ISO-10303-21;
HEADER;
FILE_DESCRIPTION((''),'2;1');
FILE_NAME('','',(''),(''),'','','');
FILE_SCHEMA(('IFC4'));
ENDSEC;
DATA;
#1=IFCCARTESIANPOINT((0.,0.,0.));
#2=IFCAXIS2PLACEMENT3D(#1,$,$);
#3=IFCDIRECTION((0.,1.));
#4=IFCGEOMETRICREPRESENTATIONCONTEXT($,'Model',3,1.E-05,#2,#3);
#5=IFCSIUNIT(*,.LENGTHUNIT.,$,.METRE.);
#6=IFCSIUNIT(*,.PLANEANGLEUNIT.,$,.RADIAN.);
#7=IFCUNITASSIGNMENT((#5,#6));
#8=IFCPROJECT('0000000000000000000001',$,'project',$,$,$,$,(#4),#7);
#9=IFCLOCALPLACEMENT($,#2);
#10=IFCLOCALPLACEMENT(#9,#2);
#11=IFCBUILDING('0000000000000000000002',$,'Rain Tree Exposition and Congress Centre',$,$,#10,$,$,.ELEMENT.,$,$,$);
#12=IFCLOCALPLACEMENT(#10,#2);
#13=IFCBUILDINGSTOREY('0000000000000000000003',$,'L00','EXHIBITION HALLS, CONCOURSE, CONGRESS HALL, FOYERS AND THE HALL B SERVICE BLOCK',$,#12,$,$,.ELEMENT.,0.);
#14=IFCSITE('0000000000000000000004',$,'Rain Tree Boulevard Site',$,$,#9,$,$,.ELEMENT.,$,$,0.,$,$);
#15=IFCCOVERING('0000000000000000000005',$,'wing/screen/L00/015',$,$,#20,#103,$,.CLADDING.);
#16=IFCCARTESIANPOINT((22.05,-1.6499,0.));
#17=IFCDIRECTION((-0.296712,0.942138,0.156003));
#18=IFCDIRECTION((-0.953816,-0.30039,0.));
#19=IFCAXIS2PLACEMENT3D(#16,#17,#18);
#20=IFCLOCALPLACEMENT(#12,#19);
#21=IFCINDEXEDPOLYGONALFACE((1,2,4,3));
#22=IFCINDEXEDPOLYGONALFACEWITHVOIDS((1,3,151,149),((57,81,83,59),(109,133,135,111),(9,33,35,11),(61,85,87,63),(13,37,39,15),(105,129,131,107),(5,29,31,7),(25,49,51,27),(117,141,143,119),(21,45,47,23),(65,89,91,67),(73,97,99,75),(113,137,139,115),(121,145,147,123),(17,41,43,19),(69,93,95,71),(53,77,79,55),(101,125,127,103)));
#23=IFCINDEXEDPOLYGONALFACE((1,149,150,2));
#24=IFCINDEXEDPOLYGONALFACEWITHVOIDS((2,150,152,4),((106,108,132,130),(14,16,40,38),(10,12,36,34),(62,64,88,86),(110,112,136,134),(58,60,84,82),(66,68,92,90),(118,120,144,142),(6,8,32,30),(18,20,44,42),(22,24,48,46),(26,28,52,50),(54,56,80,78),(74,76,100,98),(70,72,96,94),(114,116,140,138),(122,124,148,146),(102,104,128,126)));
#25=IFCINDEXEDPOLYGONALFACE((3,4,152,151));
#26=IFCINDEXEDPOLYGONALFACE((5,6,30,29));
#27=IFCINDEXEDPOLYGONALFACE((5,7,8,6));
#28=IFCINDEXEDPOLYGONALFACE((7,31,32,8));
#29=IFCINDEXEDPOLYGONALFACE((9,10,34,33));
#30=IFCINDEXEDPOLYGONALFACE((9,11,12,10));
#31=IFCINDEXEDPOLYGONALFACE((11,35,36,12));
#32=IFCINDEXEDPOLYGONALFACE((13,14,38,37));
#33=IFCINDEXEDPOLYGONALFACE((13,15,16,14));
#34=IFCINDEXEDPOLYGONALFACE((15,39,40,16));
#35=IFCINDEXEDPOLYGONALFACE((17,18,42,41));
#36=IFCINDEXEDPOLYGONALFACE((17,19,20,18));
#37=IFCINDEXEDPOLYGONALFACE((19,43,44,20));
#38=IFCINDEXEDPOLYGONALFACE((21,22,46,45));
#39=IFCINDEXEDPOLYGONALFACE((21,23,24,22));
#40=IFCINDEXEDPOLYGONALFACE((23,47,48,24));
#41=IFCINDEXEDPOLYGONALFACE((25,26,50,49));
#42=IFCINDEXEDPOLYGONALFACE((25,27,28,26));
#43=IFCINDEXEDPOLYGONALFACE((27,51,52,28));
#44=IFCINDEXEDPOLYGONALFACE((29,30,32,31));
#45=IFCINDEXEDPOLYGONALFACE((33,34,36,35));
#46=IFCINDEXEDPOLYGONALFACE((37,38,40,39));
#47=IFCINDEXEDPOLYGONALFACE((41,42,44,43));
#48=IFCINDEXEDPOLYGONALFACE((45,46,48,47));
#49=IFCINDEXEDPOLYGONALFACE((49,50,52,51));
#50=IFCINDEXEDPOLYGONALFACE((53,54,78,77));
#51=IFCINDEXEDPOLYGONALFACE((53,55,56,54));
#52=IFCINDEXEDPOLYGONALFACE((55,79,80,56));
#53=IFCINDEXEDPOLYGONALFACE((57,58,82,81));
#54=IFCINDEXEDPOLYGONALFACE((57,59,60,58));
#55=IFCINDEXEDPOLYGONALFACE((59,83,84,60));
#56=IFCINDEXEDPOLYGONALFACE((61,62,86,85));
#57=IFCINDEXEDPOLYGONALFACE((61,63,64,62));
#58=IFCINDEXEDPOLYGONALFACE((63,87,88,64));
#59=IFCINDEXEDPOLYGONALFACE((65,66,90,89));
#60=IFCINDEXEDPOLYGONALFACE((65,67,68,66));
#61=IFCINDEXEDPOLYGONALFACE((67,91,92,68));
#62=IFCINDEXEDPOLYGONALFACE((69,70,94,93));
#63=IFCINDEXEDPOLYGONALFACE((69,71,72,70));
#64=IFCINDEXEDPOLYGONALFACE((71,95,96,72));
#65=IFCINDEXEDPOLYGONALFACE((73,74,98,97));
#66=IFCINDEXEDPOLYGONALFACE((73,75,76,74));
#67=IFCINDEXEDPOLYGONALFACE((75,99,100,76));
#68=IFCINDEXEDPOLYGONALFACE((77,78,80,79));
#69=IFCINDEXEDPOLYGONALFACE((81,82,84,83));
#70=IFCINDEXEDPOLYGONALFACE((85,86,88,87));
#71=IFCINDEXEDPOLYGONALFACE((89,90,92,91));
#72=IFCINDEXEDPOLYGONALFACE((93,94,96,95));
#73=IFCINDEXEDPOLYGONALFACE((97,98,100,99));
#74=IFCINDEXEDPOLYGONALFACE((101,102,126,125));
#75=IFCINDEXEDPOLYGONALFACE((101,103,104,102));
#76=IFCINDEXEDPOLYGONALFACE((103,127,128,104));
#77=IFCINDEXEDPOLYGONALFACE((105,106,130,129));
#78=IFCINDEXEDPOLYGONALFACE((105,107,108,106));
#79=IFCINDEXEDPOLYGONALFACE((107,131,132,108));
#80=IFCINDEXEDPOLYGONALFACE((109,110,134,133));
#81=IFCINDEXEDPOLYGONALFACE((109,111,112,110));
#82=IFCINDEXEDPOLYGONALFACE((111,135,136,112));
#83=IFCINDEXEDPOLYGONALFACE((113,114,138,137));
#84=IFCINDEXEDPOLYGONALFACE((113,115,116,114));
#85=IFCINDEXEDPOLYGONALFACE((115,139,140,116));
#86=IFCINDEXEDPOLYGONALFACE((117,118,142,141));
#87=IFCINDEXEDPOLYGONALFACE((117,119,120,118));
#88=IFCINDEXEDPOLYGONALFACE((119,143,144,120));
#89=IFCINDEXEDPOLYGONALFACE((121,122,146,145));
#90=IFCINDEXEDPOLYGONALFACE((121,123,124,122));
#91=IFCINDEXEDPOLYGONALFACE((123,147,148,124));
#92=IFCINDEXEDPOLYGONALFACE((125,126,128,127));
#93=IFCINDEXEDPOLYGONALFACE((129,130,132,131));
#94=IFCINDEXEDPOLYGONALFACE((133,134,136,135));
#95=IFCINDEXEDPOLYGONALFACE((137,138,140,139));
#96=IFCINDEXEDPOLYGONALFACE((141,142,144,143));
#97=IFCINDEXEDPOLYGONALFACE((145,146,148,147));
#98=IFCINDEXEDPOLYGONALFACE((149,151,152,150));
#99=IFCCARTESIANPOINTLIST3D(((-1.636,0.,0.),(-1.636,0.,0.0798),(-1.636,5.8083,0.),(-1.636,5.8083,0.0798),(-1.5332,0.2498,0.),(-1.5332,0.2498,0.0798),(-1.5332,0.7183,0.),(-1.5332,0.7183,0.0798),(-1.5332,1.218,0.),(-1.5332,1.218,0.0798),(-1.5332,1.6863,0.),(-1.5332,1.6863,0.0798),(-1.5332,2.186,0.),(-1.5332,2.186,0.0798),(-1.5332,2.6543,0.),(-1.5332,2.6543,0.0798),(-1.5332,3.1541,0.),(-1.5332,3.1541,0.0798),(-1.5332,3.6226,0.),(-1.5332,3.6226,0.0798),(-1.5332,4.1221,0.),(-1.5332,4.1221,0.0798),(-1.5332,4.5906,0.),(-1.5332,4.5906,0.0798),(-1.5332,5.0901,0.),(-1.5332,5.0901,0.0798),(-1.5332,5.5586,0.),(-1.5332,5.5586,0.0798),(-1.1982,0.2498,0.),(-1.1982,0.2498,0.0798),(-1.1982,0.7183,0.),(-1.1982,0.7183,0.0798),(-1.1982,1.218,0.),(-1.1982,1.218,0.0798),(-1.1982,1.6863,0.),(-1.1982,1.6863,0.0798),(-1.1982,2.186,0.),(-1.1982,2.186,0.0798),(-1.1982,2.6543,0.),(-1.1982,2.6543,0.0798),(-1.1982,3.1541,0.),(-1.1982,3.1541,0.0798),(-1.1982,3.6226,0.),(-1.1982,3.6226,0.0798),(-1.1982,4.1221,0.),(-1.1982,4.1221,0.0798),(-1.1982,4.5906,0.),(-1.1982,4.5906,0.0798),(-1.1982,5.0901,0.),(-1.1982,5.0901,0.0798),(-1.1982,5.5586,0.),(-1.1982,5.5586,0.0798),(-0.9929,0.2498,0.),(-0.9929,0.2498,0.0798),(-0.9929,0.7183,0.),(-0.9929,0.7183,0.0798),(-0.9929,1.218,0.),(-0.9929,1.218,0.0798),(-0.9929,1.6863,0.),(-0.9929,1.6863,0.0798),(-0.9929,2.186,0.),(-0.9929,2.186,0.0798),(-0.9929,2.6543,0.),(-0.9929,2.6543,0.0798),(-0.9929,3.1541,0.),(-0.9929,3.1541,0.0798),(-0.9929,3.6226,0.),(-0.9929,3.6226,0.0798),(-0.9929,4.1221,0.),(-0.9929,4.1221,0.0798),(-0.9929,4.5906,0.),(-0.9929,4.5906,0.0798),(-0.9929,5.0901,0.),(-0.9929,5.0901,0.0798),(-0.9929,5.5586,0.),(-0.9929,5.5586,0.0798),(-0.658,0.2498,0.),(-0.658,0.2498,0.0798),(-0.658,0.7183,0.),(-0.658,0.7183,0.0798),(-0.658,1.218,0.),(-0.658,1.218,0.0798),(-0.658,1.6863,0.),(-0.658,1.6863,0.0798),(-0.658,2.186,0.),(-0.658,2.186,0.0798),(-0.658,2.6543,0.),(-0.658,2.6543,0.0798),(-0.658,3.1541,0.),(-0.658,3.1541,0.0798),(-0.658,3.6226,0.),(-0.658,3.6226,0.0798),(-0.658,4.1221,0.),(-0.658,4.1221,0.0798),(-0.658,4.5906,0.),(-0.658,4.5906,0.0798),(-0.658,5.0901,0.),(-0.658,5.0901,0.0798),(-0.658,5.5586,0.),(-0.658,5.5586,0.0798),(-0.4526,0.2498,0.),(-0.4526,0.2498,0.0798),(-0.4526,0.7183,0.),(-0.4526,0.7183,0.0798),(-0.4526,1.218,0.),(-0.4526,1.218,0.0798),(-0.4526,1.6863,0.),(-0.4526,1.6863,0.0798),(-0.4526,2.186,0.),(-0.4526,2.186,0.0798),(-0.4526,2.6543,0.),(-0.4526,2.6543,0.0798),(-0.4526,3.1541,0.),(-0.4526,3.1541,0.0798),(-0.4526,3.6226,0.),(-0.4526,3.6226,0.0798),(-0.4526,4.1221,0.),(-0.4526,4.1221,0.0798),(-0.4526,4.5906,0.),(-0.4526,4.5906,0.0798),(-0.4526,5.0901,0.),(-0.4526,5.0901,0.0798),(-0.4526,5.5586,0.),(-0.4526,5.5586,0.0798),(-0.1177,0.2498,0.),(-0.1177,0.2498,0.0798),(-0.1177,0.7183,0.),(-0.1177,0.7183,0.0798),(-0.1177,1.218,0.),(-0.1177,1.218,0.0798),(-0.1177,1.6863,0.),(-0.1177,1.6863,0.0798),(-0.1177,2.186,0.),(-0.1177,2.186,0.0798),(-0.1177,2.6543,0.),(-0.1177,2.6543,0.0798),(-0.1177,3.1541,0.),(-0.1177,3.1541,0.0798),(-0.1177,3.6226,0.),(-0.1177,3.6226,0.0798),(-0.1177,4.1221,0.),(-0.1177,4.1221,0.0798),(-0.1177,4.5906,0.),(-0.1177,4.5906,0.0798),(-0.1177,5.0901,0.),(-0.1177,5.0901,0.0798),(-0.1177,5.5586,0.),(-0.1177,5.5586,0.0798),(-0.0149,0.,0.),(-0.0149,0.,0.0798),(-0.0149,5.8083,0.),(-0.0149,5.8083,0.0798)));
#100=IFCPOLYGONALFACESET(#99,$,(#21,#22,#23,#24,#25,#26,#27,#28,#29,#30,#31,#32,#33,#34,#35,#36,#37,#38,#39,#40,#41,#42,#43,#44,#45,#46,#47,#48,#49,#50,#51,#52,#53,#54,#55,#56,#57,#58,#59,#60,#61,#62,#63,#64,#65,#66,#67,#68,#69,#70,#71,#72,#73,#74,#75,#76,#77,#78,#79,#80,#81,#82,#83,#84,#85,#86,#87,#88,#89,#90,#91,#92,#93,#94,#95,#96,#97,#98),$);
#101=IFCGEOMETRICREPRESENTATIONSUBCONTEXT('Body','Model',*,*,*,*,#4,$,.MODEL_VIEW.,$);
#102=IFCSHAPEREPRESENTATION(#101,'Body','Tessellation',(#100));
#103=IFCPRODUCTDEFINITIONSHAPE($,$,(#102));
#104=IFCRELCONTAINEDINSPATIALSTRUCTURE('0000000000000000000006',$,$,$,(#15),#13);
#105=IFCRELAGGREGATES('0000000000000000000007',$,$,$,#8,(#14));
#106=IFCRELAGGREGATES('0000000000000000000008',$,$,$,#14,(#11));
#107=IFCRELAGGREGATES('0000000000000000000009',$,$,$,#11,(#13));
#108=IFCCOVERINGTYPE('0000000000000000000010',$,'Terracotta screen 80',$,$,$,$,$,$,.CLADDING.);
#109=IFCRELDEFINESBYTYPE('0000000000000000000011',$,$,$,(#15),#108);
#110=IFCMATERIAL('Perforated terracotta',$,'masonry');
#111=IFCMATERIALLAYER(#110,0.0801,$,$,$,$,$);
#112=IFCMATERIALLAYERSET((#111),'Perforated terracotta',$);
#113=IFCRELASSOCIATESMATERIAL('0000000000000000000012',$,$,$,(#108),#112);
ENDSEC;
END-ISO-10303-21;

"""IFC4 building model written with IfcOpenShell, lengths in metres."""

from ifc_helpers import new_model, si_unit, direction, frame, origin, place, context, subcontext, project, spatial, polyline, outline, extrude, material, layer, layer_set, type_object, element, save


model = new_model("IFC4")

# Units and contexts
model_context = context("Model", 3, precision=1e-05, world=origin(), true_north=direction((0.0, 1.0)))
body_context = subcontext(model_context, "Body", "Model", "MODEL_VIEW")
ifc_project = project(units=[si_unit("LENGTHUNIT", "METRE"), si_unit("PLANEANGLEUNIT", "RADIAN")], contexts=[model_context])

# Site, building, storey
site_placement = place(None, origin())
site = spatial("IfcSite", under=ifc_project, at=site_placement, Name="Rain Tree Boulevard Site", CompositionType="ELEMENT", RefElevation=0.0)
building_placement = place(site_placement, origin())
building = spatial("IfcBuilding", under=site, at=building_placement, Name="Rain Tree Exposition and Congress Centre", CompositionType="ELEMENT")
storey_placement = place(building_placement, origin())
storey = spatial("IfcBuildingStorey", under=building, at=storey_placement, Name="L00", Description="EXHIBITION HALLS, CONCOURSE, CONGRESS HALL, FOYERS AND THE HALL B SERVICE BLOCK", CompositionType="ELEMENT", Elevation=0.0)

# Covering
ifc_material_1 = material(Name="Perforated terracotta", Category="masonry")
ifc_layer_1 = layer(ifc_material_1, 0.0801)
ifc_layer_set_1 = layer_set([ifc_layer_1], Name="Perforated terracotta")
covering_type = type_object("IfcCoveringType", Name="Terracotta screen 80", PredefinedType="CLADDING", material=ifc_layer_set_1)
covering_1_placement = place(storey_placement, frame((22.05, -1.6499, 0.0), z_axis=(-0.296712, 0.942138, 0.156003), x_axis=(-0.953816, -0.30039, 0.0)))
element("IfcCovering", 1, at=covering_1_placement, inside=storey, type_object=covering_type, Name="wing/screen/L00/015", PredefinedType="CLADDING", context=body_context, shape_type="SweptSolid", body=[
    extrude(outline(polyline([(-1.636, 0.0), (-1.636, 5.8083), (-0.0149, 5.8083), (-0.0149, 0.0), (-1.636, 0.0)]), holes=[polyline([(-0.1177, 0.2498), (-0.1177, 0.7183), (-0.4526, 0.7183), (-0.4526, 0.2498), (-0.1177, 0.2498)]), polyline([(-0.1177, 1.218), (-0.1177, 1.6863), (-0.4526, 1.6863), (-0.4526, 1.218), (-0.1177, 1.218)]), polyline([(-0.1177, 2.186), (-0.1177, 2.6543), (-0.4526, 2.6543), (-0.4526, 2.186), (-0.1177, 2.186)]), polyline([(-0.1177, 3.1541), (-0.1177, 3.6226), (-0.4526, 3.6226), (-0.4526, 3.1541), (-0.1177, 3.1541)]), polyline([(-0.1177, 4.1221), (-0.1177, 4.5906), (-0.4526, 4.5906), (-0.4526, 4.1221), (-0.1177, 4.1221)]), polyline([(-0.1177, 5.0901), (-0.1177, 5.5586), (-0.4526, 5.5586), (-0.4526, 5.0901), (-0.1177, 5.0901)]), polyline([(-0.658, 0.2498), (-0.658, 0.7183), (-0.9929, 0.7183), (-0.9929, 0.2498), (-0.658, 0.2498)]), polyline([(-0.658, 1.218), (-0.658, 1.6863), (-0.9929, 1.6863), (-0.9929, 1.218), (-0.658, 1.218)]), polyline([(-0.658, 2.186), (-0.658, 2.6543), (-0.9929, 2.6543), (-0.9929, 2.186), (-0.658, 2.186)]), polyline([(-0.658, 3.1541), (-0.658, 3.6226), (-0.9929, 3.6226), (-0.9929, 3.1541), (-0.658, 3.1541)]), polyline([(-0.658, 4.1221), (-0.658, 4.5906), (-0.9929, 4.5906), (-0.9929, 4.1221), (-0.658, 4.1221)]), polyline([(-0.658, 5.0901), (-0.658, 5.5586), (-0.9929, 5.5586), (-0.9929, 5.0901), (-0.658, 5.0901)]), polyline([(-1.1982, 0.2498), (-1.1982, 0.7183), (-1.5332, 0.7183), (-1.5332, 0.2498), (-1.1982, 0.2498)]), polyline([(-1.1982, 1.218), (-1.1982, 1.6863), (-1.5332, 1.6863), (-1.5332, 1.218), (-1.1982, 1.218)]), polyline([(-1.1982, 2.186), (-1.1982, 2.6543), (-1.5332, 2.6543), (-1.5332, 2.186), (-1.1982, 2.186)]), polyline([(-1.1982, 3.1541), (-1.1982, 3.6226), (-1.5332, 3.6226), (-1.5332, 3.1541), (-1.1982, 3.1541)]), polyline([(-1.1982, 4.1221), (-1.1982, 4.5906), (-1.5332, 4.5906), (-1.5332, 4.1221), (-1.1982, 4.1221)]), polyline([(-1.1982, 5.0901), (-1.1982, 5.5586), (-1.5332, 5.5586), (-1.5332, 5.0901), (-1.1982, 5.0901)])]), origin(), (0.0, 0.0, 1.0), 0.0798),
])

save(model, "model.ifc")
